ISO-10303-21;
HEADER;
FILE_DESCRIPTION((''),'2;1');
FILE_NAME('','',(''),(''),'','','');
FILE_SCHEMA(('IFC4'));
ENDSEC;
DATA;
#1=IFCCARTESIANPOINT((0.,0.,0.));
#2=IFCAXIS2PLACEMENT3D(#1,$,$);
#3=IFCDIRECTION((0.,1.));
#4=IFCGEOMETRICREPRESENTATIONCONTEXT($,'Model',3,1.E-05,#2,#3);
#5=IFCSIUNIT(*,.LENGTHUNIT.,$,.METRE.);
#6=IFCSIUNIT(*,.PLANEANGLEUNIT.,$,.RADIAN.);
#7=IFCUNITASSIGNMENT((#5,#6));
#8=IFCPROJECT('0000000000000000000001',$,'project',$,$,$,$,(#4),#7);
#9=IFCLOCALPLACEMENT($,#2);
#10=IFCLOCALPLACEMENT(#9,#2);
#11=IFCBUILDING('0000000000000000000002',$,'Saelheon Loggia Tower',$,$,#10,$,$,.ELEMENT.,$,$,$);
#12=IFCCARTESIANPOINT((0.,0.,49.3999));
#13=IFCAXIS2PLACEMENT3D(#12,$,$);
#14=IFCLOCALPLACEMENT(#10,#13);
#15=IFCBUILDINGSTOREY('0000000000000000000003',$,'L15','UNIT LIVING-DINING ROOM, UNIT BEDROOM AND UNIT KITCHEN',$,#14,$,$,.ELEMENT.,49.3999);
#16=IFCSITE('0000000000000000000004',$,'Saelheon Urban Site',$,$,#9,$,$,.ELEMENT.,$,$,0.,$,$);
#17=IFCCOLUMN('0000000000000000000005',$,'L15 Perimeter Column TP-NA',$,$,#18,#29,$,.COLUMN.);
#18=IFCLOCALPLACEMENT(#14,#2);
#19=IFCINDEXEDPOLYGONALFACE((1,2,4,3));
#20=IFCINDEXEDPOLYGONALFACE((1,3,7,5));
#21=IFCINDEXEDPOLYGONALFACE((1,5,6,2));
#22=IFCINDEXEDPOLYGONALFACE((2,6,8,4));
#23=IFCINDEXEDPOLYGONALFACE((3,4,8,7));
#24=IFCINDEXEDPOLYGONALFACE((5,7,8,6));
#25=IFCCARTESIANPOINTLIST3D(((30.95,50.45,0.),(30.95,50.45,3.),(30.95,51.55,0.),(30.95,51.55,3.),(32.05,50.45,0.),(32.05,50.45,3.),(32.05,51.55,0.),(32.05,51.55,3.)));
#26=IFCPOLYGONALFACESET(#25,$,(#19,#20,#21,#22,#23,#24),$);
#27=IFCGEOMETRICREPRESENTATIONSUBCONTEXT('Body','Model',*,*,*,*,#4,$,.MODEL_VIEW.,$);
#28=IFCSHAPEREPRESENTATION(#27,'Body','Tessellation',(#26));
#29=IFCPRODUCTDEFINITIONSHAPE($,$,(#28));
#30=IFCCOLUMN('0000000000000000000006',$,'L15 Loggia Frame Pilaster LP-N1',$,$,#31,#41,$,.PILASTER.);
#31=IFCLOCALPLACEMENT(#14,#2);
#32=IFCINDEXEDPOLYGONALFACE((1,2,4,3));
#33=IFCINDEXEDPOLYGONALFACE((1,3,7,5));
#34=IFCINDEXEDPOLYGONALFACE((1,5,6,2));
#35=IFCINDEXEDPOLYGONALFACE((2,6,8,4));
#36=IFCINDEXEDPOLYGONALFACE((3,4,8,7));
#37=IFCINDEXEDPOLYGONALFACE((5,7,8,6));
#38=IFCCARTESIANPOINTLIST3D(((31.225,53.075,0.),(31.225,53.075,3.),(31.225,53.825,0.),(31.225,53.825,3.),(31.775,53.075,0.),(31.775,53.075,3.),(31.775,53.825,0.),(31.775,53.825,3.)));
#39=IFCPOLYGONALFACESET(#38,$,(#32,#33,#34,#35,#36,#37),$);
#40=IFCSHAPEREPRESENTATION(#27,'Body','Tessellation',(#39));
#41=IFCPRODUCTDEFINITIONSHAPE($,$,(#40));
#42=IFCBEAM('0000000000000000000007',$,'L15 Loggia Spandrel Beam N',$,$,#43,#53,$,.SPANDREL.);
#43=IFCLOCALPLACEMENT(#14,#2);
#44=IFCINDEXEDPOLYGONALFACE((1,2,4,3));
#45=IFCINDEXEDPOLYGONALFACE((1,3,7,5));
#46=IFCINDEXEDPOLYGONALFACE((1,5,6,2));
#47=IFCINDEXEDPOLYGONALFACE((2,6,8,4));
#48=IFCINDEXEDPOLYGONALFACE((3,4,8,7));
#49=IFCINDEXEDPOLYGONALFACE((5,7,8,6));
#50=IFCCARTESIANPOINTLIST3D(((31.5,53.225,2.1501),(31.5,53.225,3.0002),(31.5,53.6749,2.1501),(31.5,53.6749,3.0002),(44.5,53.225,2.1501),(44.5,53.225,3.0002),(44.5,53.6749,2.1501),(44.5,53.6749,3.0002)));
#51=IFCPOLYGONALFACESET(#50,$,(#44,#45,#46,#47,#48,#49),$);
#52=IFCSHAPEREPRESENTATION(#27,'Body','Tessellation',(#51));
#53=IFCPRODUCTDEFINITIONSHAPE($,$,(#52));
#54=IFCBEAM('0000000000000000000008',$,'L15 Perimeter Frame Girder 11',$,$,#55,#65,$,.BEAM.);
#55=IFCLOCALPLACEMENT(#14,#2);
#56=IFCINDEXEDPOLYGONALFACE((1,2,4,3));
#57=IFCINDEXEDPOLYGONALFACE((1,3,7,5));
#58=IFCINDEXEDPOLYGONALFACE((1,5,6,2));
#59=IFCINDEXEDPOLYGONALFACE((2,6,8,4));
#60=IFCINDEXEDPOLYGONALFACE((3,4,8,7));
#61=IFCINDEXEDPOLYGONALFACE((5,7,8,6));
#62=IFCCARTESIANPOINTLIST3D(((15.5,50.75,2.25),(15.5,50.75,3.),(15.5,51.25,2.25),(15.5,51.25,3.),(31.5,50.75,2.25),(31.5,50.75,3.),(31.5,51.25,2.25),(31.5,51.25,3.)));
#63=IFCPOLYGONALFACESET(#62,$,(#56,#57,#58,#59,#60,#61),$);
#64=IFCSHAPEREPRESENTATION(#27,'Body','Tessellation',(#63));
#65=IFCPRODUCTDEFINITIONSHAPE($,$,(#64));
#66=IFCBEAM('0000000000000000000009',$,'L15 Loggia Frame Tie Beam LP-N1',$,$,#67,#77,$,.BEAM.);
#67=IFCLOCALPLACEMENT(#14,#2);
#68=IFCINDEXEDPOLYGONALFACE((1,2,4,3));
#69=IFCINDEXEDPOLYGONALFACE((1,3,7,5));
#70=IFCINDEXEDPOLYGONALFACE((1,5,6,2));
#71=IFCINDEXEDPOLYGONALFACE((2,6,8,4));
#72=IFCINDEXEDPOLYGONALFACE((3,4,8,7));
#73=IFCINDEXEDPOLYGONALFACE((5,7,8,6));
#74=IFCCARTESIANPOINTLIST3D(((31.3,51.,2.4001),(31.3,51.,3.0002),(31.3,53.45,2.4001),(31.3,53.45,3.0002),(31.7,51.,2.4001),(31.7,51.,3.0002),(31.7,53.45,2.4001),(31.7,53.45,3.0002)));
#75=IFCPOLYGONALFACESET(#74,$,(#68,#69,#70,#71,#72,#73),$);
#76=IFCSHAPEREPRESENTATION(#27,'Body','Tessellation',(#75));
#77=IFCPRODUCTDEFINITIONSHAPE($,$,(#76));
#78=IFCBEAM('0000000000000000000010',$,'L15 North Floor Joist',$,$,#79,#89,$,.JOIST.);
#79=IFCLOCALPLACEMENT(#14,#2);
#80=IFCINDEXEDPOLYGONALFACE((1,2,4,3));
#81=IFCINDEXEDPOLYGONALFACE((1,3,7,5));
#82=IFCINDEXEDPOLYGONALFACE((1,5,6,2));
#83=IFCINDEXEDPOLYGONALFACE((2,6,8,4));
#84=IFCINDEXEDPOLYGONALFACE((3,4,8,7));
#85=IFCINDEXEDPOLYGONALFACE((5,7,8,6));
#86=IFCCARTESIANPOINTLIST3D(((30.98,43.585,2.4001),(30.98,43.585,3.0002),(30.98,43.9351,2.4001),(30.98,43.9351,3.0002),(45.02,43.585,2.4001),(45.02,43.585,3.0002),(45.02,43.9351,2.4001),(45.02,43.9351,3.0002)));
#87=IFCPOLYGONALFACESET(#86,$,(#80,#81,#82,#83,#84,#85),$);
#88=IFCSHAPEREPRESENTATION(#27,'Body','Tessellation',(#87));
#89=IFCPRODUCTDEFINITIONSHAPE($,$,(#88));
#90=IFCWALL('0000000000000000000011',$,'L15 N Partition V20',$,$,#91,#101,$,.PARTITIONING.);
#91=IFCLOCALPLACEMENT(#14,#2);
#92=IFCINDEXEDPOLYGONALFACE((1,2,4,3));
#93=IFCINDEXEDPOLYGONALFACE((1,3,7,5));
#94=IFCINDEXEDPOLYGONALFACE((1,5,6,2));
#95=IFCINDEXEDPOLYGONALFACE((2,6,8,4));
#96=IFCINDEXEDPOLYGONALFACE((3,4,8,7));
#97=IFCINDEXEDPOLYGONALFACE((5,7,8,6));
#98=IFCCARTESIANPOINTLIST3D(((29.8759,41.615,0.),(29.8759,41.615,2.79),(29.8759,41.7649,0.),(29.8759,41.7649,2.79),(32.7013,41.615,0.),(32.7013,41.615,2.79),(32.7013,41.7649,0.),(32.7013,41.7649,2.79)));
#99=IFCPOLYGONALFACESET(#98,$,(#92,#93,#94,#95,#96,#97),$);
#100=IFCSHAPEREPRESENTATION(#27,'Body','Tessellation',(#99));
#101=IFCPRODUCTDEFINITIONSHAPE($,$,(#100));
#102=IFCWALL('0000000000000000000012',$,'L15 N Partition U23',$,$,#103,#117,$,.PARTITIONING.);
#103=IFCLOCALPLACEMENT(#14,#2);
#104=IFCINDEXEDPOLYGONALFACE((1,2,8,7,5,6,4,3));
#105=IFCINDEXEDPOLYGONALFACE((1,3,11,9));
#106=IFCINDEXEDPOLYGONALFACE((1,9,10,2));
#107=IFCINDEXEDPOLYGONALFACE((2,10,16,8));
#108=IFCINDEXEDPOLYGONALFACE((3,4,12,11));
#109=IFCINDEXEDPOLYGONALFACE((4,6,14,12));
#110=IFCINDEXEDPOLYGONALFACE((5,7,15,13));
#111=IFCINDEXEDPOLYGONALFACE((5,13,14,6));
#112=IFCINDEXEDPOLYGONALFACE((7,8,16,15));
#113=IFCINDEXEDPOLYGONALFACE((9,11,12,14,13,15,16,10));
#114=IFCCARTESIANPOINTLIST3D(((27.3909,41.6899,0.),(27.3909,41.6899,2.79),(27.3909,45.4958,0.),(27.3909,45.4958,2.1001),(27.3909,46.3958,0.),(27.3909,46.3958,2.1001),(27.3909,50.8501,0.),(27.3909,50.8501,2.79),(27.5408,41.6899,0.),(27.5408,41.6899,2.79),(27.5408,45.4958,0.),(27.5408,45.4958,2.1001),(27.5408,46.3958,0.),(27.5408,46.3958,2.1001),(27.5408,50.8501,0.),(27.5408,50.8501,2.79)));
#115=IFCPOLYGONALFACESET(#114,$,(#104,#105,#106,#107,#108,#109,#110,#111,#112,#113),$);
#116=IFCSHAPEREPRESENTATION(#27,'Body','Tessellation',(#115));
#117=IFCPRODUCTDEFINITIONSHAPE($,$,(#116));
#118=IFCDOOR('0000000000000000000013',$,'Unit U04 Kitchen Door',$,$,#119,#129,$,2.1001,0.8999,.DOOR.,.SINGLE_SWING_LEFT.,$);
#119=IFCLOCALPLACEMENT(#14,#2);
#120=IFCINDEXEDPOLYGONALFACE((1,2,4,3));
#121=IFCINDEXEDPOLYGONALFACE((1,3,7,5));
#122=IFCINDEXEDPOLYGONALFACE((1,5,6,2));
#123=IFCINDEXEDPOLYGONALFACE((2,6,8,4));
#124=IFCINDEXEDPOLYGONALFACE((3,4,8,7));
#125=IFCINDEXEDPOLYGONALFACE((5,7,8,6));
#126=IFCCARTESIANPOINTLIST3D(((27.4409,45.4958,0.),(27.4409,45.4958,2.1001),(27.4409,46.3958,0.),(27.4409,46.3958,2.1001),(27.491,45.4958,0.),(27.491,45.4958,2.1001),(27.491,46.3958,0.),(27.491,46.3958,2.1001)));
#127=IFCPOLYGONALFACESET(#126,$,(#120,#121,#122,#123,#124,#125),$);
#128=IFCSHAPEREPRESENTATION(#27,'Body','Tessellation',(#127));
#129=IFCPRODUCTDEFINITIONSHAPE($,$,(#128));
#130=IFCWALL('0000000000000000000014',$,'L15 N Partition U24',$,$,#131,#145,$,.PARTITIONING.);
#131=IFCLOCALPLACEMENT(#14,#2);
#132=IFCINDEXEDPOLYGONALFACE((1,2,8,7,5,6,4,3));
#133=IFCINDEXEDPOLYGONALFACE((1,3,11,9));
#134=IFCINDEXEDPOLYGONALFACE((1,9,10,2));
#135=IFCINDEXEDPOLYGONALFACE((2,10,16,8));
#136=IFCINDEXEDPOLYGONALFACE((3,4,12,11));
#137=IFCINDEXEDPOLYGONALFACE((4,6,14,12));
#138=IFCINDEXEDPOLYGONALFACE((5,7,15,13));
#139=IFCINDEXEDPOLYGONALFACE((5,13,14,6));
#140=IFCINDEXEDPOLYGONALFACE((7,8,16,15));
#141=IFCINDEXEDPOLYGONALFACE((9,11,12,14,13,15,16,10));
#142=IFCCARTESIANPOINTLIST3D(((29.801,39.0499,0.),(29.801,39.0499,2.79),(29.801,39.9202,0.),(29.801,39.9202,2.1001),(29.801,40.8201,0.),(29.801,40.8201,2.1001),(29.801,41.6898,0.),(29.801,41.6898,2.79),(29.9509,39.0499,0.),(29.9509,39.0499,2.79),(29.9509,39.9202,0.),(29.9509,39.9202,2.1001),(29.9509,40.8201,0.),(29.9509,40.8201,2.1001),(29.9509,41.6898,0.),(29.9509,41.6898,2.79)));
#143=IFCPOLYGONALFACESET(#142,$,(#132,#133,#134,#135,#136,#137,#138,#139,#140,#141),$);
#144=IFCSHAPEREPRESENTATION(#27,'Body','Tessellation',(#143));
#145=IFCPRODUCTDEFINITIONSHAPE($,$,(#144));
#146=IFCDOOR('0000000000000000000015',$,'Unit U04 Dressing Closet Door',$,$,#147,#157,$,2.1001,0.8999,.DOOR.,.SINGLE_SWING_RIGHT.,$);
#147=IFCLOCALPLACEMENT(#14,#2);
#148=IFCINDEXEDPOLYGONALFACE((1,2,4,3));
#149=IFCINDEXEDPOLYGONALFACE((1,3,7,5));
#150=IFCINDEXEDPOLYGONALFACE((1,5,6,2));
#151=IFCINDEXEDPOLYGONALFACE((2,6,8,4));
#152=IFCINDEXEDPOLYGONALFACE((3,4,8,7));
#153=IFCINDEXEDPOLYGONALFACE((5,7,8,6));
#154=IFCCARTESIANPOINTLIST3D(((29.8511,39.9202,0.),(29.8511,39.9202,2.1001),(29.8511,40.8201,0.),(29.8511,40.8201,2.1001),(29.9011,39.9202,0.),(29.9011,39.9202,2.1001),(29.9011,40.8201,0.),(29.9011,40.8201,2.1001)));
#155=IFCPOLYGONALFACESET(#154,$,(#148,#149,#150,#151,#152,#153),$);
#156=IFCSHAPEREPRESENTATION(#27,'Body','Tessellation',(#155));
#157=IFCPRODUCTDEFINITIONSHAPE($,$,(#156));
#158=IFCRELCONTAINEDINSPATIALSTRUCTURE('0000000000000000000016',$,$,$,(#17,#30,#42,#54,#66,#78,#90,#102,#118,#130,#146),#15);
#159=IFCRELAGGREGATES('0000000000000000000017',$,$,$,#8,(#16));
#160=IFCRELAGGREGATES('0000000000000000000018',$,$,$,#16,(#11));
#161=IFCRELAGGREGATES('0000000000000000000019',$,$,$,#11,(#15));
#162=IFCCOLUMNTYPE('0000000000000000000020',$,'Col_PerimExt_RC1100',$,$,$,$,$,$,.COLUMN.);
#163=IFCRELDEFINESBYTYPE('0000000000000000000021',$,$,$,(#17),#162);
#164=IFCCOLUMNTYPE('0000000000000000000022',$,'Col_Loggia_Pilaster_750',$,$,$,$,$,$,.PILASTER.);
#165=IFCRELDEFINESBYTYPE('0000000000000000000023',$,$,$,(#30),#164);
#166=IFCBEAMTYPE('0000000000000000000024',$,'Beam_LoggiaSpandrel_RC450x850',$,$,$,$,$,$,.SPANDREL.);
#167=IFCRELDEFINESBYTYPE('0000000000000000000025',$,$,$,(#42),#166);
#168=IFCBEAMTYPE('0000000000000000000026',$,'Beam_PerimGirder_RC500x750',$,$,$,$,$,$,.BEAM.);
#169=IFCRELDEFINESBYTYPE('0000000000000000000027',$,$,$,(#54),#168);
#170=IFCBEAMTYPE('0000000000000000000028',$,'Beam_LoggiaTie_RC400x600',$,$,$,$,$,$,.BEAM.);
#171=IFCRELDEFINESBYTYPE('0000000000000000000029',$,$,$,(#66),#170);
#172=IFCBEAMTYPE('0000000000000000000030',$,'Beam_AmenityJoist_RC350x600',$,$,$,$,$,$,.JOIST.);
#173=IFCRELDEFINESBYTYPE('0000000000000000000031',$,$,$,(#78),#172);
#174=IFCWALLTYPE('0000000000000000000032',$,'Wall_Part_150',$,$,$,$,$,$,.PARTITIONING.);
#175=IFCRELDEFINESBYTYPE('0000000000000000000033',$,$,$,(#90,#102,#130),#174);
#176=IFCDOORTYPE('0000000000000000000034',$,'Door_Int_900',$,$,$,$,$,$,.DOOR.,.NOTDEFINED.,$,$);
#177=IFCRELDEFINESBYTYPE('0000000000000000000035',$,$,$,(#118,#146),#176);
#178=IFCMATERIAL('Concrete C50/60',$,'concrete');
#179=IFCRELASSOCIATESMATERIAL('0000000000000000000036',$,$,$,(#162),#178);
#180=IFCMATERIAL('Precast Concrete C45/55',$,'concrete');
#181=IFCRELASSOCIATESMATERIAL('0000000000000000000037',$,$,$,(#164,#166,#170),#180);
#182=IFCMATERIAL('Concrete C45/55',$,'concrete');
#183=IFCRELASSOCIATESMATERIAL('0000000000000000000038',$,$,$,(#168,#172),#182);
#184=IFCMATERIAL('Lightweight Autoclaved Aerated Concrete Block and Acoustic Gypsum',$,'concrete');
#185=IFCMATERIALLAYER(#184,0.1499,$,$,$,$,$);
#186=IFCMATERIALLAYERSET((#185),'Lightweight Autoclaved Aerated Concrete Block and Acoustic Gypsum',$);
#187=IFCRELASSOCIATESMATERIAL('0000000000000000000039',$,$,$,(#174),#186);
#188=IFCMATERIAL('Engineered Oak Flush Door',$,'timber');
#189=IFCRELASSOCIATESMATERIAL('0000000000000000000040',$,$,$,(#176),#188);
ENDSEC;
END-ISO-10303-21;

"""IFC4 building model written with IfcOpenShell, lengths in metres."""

from ifc_helpers import new_model, si_unit, direction, frame, frame_2d, origin, origin_2d, place, context, subcontext, project, spatial, rectangle, extrude, source, transform, mapped, material, layer, layer_set, material_profile, profile_set, type_object, element, fill, save


model = new_model("IFC4")

# Units and contexts
model_context = context("Model", 3, precision=1e-05, world=origin(), true_north=direction((0.0, 1.0)))
body_context = subcontext(model_context, "Body", "Model", "MODEL_VIEW")
ifc_project = project(units=[si_unit("LENGTHUNIT", "METRE"), si_unit("PLANEANGLEUNIT", "RADIAN")], contexts=[model_context])

# Site, building, storey
site_placement = place(None, origin())
site = spatial("IfcSite", under=ifc_project, at=site_placement, Name="Saelheon Urban Site", CompositionType="ELEMENT", RefElevation=0.0)
building_placement = place(site_placement, origin())
building = spatial("IfcBuilding", under=site, at=building_placement, Name="Saelheon Loggia Tower", CompositionType="ELEMENT")
storey_placement = place(building_placement, frame((0.0, 0.0, 49.3999)))
storey = spatial("IfcBuildingStorey", under=building, at=storey_placement, Name="L15", Description="UNIT LIVING-DINING ROOM, UNIT BEDROOM AND UNIT KITCHEN", CompositionType="ELEMENT", Elevation=49.3999)

# Columns
ifc_material_1 = material(Name="Concrete C50/60", Category="concrete")
ifc_material_profile_1 = material_profile(ifc_material_1, rectangle(XDim=1.1001, YDim=1.1001, at=origin_2d()), Name="RC-1100x1100")
ifc_profile_set_1 = profile_set([ifc_material_profile_1], Name="Concrete C50/60")
column_type_1 = type_object("IfcColumnType", Name="Col_PerimExt_RC1100", PredefinedType="COLUMN", material=ifc_profile_set_1)
shared_shape_1 = source(origin(), body_context, "Body", "SweptSolid", [
    extrude(rectangle(XDim=1.1001, YDim=1.1001, at=origin_2d()), origin(), (0.0, 0.0, 1.0), 3.0),
])
column_1_placement = place(storey_placement, frame((31.5, 51.0, 0.0), z_axis=(0.0, 0.0, 1.0), x_axis=(1.0, 0.0, 0.0)))
element("IfcColumn", 1, at=column_1_placement, inside=storey, type_object=column_type_1, Name="L15 Perimeter Column TP-NA", PredefinedType="COLUMN", context=body_context, shape_type="MappedRepresentation", body=[
    mapped(shared_shape_1, transform((0.0, 0.0, 0.0), scale=1.0)),
])
ifc_material_2 = material(Name="Precast Concrete C45/55", Category="concrete")
ifc_material_profile_2 = material_profile(ifc_material_2, rectangle(XDim=0.55, YDim=0.75, at=origin_2d()), Name="RC-550x750")
ifc_profile_set_2 = profile_set([ifc_material_profile_2], Name="Precast Concrete C45/55")
column_type_2 = type_object("IfcColumnType", Name="Col_Loggia_Pilaster_750", PredefinedType="PILASTER", material=ifc_profile_set_2)
shared_shape_2 = source(origin(), body_context, "Body", "SweptSolid", [
    extrude(rectangle(XDim=0.55, YDim=0.75, at=origin_2d()), origin(), (0.0, 0.0, 1.0), 3.0),
])
column_2_placement = place(storey_placement, frame((31.5, 53.45, 0.0), z_axis=(0.0, 0.0, 1.0), x_axis=(1.0, 0.0, 0.0)))
element("IfcColumn", 2, at=column_2_placement, inside=storey, type_object=column_type_2, Name="L15 Loggia Frame Pilaster LP-N1", PredefinedType="PILASTER", context=body_context, shape_type="MappedRepresentation", body=[
    mapped(shared_shape_2, transform((0.0, 0.0, 0.0), scale=1.0)),
])

# Beams
ifc_material_profile_3 = material_profile(ifc_material_2, rectangle(XDim=0.45, YDim=0.8501, at=origin_2d()), Name="RC-450x850")
ifc_profile_set_3 = profile_set([ifc_material_profile_3], Name="Precast Concrete C45/55")
beam_type_1 = type_object("IfcBeamType", Name="Beam_LoggiaSpandrel_RC450x850", PredefinedType="SPANDREL", material=ifc_profile_set_3)
shared_shape_3 = source(origin(), body_context, "Body", "SweptSolid", [
    extrude(rectangle(XDim=0.45, YDim=0.8501, at=origin_2d()), origin(), (0.0, 0.0, 1.0), 13.0),
])
beam_1_placement = place(storey_placement, frame((31.5, 53.45, 2.5752), z_axis=(1.0, 0.0, 0.0), x_axis=(0.0, 1.0, 0.0)))
element("IfcBeam", 3, at=beam_1_placement, inside=storey, type_object=beam_type_1, Name="L15 Loggia Spandrel Beam N", PredefinedType="SPANDREL", context=body_context, shape_type="MappedRepresentation", body=[
    mapped(shared_shape_3, transform((0.0, 0.0, 0.0), scale=1.0)),
])
ifc_material_3 = material(Name="Concrete C45/55", Category="concrete")
ifc_material_profile_4 = material_profile(ifc_material_3, rectangle(XDim=0.5, YDim=0.75, at=origin_2d()), Name="RC-500x750")
ifc_profile_set_4 = profile_set([ifc_material_profile_4], Name="Concrete C45/55")
beam_type_2 = type_object("IfcBeamType", Name="Beam_PerimGirder_RC500x750", PredefinedType="BEAM", material=ifc_profile_set_4)
shared_shape_4 = source(origin(), body_context, "Body", "SweptSolid", [
    extrude(rectangle(XDim=0.5, YDim=0.75, at=origin_2d()), origin(), (0.0, 0.0, 1.0), 16.0),
])
beam_2_placement = place(storey_placement, frame((31.5, 51.0, 2.625), z_axis=(-1.0, 0.0, 0.0), x_axis=(0.0, -1.0, 0.0)))
element("IfcBeam", 4, at=beam_2_placement, inside=storey, type_object=beam_type_2, Name="L15 Perimeter Frame Girder 11", PredefinedType="BEAM", context=body_context, shape_type="MappedRepresentation", body=[
    mapped(shared_shape_4, transform((0.0, 0.0, 0.0), scale=1.0)),
])
ifc_material_profile_5 = material_profile(ifc_material_2, rectangle(XDim=0.3999, YDim=0.6001, at=origin_2d()), Name="RC-400x600")
ifc_profile_set_5 = profile_set([ifc_material_profile_5], Name="Precast Concrete C45/55")
beam_type_3 = type_object("IfcBeamType", Name="Beam_LoggiaTie_RC400x600", PredefinedType="BEAM", material=ifc_profile_set_5)
shared_shape_5 = source(origin(), body_context, "Body", "SweptSolid", [
    extrude(rectangle(XDim=0.3999, YDim=0.6001, at=origin_2d()), origin(), (0.0, 0.0, 1.0), 2.45),
])
beam_3_placement = place(storey_placement, frame((31.5, 51.0, 2.7002), z_axis=(0.0, 1.0, 0.0), x_axis=(-1.0, 0.0, 0.0)))
element("IfcBeam", 5, at=beam_3_placement, inside=storey, type_object=beam_type_3, Name="L15 Loggia Frame Tie Beam LP-N1", PredefinedType="BEAM", context=body_context, shape_type="MappedRepresentation", body=[
    mapped(shared_shape_5, transform((0.0, 0.0, 0.0), scale=1.0)),
])
ifc_material_profile_6 = material_profile(ifc_material_3, rectangle(XDim=0.3501, YDim=0.6001, at=origin_2d()), Name="RC-350x600")
ifc_profile_set_6 = profile_set([ifc_material_profile_6], Name="Concrete C45/55")
beam_type_4 = type_object("IfcBeamType", Name="Beam_AmenityJoist_RC350x600", PredefinedType="JOIST", material=ifc_profile_set_6)
shared_shape_6 = source(origin(), body_context, "Body", "SweptSolid", [
    extrude(rectangle(XDim=0.3501, YDim=0.6001, at=origin_2d()), origin(), (0.0, 0.0, 1.0), 14.04),
])
beam_4_placement = place(storey_placement, frame((30.98, 43.76, 2.7002), z_axis=(1.0, 0.0, 0.0), x_axis=(0.0, 1.0, 0.0)))
element("IfcBeam", 6, at=beam_4_placement, inside=storey, type_object=beam_type_4, Name="L15 North Floor Joist", PredefinedType="JOIST", context=body_context, shape_type="MappedRepresentation", body=[
    mapped(shared_shape_6, transform((0.0, 0.0, 0.0), scale=1.0)),
])

# Wall
ifc_material_4 = material(Name="Lightweight Autoclaved Aerated Concrete Block and Acoustic Gypsum", Category="concrete")
ifc_layer_1 = layer(ifc_material_4, 0.1499)
ifc_layer_set_1 = layer_set([ifc_layer_1], Name="Lightweight Autoclaved Aerated Concrete Block and Acoustic Gypsum")
wall_type_1 = type_object("IfcWallType", Name="Wall_Part_150", PredefinedType="PARTITIONING", material=ifc_layer_set_1)
wall_1_placement = place(storey_placement, frame((29.876, 41.6899, 0.0), z_axis=(0.0, 0.0, 1.0), x_axis=(1.0, 0.0, 0.0)))
element("IfcWall", 7, at=wall_1_placement, inside=storey, type_object=wall_type_1, Name="L15 N Partition V20", PredefinedType="PARTITIONING", context=body_context, shape_type="SweptSolid", body=[
    extrude(rectangle(XDim=2.8254, YDim=0.1499, at=frame_2d((1.4126, 0.0))), origin(), (0.0, 0.0, 1.0), 2.79),
])

# Walls, openings, doors
wall_2_placement = place(storey_placement, frame((27.4658, 41.6899, 0.0), z_axis=(0.0, 0.0, 1.0), x_axis=(0.0, 1.0, 0.0)))
wall_2 = element("IfcWall", 8, at=wall_2_placement, inside=storey, type_object=wall_type_1, Name="L15 N Partition U23", PredefinedType="PARTITIONING", context=body_context, shape_type="SweptSolid", body=[
    extrude(rectangle(XDim=9.1602, YDim=0.1499, at=frame_2d((4.5801, 0.0))), origin(), (0.0, 0.0, 1.0), 2.79),
])
opening_1_placement = place(wall_2_placement, frame((3.8059, 0.0, 0.0)))
opening_1 = element("IfcOpeningElement", 9, at=opening_1_placement, cuts=wall_2, PredefinedType="OPENING", context=body_context, shape_type="SweptSolid", body=[
    extrude(rectangle(XDim=0.8999, YDim=2.1001, at=frame_2d((0.45, 1.05))), frame((0.0, 0.0869, 0.0), z_axis=(0.0, -1.0, 0.0), x_axis=(1.0, 0.0, 0.0)), (0.0, 0.0, 1.0), 0.1738),
])
ifc_material_5 = material(Name="Engineered Oak Flush Door", Category="timber")
door_type_1 = type_object("IfcDoorType", Name="Door_Int_900", OperationType="NOTDEFINED", PredefinedType="DOOR", material=ifc_material_5)
shared_shape_7 = source(origin(), body_context, "Body", "SweptSolid", [
    extrude(rectangle(XDim=0.8999, YDim=2.1001, at=frame_2d((0.45, 1.05))), frame((0.0, 0.0249, 0.0), z_axis=(0.0, -1.0, 0.0), x_axis=(1.0, 0.0, 0.0)), (0.0, 0.0, 1.0), 0.05),
])
door_1_placement = place(opening_1_placement, origin())
door_1 = element("IfcDoor", 10, at=door_1_placement, inside=storey, type_object=door_type_1, Name="Unit U04 Kitchen Door", OperationType="SINGLE_SWING_LEFT", OverallHeight=2.1001, OverallWidth=0.8999, PredefinedType="DOOR", context=body_context, shape_type="MappedRepresentation", body=[
    mapped(shared_shape_7, transform((0.0, 0.0, 0.0), scale=1.0)),
])
fill(opening_1, door_1)
wall_3_placement = place(storey_placement, frame((29.876, 39.05, 0.0), z_axis=(0.0, 0.0, 1.0), x_axis=(0.0, 1.0, 0.0)))
wall_3 = element("IfcWall", 11, at=wall_3_placement, inside=storey, type_object=wall_type_1, Name="L15 N Partition U24", PredefinedType="PARTITIONING", context=body_context, shape_type="SweptSolid", body=[
    extrude(rectangle(XDim=2.6399, YDim=0.1499, at=frame_2d((1.3198, 0.0))), origin(), (0.0, 0.0, 1.0), 2.79),
])
opening_2_placement = place(wall_3_placement, frame((0.8701, 0.0, 0.0)))
opening_2 = element("IfcOpeningElement", 12, at=opening_2_placement, cuts=wall_3, PredefinedType="OPENING", context=body_context, shape_type="SweptSolid", body=[
    extrude(rectangle(XDim=0.8999, YDim=2.1001, at=frame_2d((0.45, 1.05))), frame((0.0, 0.0869, 0.0), z_axis=(0.0, -1.0, 0.0), x_axis=(1.0, 0.0, 0.0)), (0.0, 0.0, 1.0), 0.1738),
])
door_2_placement = place(opening_2_placement, origin())
door_2 = element("IfcDoor", 13, at=door_2_placement, inside=storey, type_object=door_type_1, Name="Unit U04 Dressing Closet Door", OperationType="SINGLE_SWING_RIGHT", OverallHeight=2.1001, OverallWidth=0.8999, PredefinedType="DOOR", context=body_context, shape_type="MappedRepresentation", body=[
    mapped(shared_shape_7, transform((0.0, 0.0, 0.0), scale=1.0)),
])
fill(opening_2, door_2)

save(model, "model.ifc")
